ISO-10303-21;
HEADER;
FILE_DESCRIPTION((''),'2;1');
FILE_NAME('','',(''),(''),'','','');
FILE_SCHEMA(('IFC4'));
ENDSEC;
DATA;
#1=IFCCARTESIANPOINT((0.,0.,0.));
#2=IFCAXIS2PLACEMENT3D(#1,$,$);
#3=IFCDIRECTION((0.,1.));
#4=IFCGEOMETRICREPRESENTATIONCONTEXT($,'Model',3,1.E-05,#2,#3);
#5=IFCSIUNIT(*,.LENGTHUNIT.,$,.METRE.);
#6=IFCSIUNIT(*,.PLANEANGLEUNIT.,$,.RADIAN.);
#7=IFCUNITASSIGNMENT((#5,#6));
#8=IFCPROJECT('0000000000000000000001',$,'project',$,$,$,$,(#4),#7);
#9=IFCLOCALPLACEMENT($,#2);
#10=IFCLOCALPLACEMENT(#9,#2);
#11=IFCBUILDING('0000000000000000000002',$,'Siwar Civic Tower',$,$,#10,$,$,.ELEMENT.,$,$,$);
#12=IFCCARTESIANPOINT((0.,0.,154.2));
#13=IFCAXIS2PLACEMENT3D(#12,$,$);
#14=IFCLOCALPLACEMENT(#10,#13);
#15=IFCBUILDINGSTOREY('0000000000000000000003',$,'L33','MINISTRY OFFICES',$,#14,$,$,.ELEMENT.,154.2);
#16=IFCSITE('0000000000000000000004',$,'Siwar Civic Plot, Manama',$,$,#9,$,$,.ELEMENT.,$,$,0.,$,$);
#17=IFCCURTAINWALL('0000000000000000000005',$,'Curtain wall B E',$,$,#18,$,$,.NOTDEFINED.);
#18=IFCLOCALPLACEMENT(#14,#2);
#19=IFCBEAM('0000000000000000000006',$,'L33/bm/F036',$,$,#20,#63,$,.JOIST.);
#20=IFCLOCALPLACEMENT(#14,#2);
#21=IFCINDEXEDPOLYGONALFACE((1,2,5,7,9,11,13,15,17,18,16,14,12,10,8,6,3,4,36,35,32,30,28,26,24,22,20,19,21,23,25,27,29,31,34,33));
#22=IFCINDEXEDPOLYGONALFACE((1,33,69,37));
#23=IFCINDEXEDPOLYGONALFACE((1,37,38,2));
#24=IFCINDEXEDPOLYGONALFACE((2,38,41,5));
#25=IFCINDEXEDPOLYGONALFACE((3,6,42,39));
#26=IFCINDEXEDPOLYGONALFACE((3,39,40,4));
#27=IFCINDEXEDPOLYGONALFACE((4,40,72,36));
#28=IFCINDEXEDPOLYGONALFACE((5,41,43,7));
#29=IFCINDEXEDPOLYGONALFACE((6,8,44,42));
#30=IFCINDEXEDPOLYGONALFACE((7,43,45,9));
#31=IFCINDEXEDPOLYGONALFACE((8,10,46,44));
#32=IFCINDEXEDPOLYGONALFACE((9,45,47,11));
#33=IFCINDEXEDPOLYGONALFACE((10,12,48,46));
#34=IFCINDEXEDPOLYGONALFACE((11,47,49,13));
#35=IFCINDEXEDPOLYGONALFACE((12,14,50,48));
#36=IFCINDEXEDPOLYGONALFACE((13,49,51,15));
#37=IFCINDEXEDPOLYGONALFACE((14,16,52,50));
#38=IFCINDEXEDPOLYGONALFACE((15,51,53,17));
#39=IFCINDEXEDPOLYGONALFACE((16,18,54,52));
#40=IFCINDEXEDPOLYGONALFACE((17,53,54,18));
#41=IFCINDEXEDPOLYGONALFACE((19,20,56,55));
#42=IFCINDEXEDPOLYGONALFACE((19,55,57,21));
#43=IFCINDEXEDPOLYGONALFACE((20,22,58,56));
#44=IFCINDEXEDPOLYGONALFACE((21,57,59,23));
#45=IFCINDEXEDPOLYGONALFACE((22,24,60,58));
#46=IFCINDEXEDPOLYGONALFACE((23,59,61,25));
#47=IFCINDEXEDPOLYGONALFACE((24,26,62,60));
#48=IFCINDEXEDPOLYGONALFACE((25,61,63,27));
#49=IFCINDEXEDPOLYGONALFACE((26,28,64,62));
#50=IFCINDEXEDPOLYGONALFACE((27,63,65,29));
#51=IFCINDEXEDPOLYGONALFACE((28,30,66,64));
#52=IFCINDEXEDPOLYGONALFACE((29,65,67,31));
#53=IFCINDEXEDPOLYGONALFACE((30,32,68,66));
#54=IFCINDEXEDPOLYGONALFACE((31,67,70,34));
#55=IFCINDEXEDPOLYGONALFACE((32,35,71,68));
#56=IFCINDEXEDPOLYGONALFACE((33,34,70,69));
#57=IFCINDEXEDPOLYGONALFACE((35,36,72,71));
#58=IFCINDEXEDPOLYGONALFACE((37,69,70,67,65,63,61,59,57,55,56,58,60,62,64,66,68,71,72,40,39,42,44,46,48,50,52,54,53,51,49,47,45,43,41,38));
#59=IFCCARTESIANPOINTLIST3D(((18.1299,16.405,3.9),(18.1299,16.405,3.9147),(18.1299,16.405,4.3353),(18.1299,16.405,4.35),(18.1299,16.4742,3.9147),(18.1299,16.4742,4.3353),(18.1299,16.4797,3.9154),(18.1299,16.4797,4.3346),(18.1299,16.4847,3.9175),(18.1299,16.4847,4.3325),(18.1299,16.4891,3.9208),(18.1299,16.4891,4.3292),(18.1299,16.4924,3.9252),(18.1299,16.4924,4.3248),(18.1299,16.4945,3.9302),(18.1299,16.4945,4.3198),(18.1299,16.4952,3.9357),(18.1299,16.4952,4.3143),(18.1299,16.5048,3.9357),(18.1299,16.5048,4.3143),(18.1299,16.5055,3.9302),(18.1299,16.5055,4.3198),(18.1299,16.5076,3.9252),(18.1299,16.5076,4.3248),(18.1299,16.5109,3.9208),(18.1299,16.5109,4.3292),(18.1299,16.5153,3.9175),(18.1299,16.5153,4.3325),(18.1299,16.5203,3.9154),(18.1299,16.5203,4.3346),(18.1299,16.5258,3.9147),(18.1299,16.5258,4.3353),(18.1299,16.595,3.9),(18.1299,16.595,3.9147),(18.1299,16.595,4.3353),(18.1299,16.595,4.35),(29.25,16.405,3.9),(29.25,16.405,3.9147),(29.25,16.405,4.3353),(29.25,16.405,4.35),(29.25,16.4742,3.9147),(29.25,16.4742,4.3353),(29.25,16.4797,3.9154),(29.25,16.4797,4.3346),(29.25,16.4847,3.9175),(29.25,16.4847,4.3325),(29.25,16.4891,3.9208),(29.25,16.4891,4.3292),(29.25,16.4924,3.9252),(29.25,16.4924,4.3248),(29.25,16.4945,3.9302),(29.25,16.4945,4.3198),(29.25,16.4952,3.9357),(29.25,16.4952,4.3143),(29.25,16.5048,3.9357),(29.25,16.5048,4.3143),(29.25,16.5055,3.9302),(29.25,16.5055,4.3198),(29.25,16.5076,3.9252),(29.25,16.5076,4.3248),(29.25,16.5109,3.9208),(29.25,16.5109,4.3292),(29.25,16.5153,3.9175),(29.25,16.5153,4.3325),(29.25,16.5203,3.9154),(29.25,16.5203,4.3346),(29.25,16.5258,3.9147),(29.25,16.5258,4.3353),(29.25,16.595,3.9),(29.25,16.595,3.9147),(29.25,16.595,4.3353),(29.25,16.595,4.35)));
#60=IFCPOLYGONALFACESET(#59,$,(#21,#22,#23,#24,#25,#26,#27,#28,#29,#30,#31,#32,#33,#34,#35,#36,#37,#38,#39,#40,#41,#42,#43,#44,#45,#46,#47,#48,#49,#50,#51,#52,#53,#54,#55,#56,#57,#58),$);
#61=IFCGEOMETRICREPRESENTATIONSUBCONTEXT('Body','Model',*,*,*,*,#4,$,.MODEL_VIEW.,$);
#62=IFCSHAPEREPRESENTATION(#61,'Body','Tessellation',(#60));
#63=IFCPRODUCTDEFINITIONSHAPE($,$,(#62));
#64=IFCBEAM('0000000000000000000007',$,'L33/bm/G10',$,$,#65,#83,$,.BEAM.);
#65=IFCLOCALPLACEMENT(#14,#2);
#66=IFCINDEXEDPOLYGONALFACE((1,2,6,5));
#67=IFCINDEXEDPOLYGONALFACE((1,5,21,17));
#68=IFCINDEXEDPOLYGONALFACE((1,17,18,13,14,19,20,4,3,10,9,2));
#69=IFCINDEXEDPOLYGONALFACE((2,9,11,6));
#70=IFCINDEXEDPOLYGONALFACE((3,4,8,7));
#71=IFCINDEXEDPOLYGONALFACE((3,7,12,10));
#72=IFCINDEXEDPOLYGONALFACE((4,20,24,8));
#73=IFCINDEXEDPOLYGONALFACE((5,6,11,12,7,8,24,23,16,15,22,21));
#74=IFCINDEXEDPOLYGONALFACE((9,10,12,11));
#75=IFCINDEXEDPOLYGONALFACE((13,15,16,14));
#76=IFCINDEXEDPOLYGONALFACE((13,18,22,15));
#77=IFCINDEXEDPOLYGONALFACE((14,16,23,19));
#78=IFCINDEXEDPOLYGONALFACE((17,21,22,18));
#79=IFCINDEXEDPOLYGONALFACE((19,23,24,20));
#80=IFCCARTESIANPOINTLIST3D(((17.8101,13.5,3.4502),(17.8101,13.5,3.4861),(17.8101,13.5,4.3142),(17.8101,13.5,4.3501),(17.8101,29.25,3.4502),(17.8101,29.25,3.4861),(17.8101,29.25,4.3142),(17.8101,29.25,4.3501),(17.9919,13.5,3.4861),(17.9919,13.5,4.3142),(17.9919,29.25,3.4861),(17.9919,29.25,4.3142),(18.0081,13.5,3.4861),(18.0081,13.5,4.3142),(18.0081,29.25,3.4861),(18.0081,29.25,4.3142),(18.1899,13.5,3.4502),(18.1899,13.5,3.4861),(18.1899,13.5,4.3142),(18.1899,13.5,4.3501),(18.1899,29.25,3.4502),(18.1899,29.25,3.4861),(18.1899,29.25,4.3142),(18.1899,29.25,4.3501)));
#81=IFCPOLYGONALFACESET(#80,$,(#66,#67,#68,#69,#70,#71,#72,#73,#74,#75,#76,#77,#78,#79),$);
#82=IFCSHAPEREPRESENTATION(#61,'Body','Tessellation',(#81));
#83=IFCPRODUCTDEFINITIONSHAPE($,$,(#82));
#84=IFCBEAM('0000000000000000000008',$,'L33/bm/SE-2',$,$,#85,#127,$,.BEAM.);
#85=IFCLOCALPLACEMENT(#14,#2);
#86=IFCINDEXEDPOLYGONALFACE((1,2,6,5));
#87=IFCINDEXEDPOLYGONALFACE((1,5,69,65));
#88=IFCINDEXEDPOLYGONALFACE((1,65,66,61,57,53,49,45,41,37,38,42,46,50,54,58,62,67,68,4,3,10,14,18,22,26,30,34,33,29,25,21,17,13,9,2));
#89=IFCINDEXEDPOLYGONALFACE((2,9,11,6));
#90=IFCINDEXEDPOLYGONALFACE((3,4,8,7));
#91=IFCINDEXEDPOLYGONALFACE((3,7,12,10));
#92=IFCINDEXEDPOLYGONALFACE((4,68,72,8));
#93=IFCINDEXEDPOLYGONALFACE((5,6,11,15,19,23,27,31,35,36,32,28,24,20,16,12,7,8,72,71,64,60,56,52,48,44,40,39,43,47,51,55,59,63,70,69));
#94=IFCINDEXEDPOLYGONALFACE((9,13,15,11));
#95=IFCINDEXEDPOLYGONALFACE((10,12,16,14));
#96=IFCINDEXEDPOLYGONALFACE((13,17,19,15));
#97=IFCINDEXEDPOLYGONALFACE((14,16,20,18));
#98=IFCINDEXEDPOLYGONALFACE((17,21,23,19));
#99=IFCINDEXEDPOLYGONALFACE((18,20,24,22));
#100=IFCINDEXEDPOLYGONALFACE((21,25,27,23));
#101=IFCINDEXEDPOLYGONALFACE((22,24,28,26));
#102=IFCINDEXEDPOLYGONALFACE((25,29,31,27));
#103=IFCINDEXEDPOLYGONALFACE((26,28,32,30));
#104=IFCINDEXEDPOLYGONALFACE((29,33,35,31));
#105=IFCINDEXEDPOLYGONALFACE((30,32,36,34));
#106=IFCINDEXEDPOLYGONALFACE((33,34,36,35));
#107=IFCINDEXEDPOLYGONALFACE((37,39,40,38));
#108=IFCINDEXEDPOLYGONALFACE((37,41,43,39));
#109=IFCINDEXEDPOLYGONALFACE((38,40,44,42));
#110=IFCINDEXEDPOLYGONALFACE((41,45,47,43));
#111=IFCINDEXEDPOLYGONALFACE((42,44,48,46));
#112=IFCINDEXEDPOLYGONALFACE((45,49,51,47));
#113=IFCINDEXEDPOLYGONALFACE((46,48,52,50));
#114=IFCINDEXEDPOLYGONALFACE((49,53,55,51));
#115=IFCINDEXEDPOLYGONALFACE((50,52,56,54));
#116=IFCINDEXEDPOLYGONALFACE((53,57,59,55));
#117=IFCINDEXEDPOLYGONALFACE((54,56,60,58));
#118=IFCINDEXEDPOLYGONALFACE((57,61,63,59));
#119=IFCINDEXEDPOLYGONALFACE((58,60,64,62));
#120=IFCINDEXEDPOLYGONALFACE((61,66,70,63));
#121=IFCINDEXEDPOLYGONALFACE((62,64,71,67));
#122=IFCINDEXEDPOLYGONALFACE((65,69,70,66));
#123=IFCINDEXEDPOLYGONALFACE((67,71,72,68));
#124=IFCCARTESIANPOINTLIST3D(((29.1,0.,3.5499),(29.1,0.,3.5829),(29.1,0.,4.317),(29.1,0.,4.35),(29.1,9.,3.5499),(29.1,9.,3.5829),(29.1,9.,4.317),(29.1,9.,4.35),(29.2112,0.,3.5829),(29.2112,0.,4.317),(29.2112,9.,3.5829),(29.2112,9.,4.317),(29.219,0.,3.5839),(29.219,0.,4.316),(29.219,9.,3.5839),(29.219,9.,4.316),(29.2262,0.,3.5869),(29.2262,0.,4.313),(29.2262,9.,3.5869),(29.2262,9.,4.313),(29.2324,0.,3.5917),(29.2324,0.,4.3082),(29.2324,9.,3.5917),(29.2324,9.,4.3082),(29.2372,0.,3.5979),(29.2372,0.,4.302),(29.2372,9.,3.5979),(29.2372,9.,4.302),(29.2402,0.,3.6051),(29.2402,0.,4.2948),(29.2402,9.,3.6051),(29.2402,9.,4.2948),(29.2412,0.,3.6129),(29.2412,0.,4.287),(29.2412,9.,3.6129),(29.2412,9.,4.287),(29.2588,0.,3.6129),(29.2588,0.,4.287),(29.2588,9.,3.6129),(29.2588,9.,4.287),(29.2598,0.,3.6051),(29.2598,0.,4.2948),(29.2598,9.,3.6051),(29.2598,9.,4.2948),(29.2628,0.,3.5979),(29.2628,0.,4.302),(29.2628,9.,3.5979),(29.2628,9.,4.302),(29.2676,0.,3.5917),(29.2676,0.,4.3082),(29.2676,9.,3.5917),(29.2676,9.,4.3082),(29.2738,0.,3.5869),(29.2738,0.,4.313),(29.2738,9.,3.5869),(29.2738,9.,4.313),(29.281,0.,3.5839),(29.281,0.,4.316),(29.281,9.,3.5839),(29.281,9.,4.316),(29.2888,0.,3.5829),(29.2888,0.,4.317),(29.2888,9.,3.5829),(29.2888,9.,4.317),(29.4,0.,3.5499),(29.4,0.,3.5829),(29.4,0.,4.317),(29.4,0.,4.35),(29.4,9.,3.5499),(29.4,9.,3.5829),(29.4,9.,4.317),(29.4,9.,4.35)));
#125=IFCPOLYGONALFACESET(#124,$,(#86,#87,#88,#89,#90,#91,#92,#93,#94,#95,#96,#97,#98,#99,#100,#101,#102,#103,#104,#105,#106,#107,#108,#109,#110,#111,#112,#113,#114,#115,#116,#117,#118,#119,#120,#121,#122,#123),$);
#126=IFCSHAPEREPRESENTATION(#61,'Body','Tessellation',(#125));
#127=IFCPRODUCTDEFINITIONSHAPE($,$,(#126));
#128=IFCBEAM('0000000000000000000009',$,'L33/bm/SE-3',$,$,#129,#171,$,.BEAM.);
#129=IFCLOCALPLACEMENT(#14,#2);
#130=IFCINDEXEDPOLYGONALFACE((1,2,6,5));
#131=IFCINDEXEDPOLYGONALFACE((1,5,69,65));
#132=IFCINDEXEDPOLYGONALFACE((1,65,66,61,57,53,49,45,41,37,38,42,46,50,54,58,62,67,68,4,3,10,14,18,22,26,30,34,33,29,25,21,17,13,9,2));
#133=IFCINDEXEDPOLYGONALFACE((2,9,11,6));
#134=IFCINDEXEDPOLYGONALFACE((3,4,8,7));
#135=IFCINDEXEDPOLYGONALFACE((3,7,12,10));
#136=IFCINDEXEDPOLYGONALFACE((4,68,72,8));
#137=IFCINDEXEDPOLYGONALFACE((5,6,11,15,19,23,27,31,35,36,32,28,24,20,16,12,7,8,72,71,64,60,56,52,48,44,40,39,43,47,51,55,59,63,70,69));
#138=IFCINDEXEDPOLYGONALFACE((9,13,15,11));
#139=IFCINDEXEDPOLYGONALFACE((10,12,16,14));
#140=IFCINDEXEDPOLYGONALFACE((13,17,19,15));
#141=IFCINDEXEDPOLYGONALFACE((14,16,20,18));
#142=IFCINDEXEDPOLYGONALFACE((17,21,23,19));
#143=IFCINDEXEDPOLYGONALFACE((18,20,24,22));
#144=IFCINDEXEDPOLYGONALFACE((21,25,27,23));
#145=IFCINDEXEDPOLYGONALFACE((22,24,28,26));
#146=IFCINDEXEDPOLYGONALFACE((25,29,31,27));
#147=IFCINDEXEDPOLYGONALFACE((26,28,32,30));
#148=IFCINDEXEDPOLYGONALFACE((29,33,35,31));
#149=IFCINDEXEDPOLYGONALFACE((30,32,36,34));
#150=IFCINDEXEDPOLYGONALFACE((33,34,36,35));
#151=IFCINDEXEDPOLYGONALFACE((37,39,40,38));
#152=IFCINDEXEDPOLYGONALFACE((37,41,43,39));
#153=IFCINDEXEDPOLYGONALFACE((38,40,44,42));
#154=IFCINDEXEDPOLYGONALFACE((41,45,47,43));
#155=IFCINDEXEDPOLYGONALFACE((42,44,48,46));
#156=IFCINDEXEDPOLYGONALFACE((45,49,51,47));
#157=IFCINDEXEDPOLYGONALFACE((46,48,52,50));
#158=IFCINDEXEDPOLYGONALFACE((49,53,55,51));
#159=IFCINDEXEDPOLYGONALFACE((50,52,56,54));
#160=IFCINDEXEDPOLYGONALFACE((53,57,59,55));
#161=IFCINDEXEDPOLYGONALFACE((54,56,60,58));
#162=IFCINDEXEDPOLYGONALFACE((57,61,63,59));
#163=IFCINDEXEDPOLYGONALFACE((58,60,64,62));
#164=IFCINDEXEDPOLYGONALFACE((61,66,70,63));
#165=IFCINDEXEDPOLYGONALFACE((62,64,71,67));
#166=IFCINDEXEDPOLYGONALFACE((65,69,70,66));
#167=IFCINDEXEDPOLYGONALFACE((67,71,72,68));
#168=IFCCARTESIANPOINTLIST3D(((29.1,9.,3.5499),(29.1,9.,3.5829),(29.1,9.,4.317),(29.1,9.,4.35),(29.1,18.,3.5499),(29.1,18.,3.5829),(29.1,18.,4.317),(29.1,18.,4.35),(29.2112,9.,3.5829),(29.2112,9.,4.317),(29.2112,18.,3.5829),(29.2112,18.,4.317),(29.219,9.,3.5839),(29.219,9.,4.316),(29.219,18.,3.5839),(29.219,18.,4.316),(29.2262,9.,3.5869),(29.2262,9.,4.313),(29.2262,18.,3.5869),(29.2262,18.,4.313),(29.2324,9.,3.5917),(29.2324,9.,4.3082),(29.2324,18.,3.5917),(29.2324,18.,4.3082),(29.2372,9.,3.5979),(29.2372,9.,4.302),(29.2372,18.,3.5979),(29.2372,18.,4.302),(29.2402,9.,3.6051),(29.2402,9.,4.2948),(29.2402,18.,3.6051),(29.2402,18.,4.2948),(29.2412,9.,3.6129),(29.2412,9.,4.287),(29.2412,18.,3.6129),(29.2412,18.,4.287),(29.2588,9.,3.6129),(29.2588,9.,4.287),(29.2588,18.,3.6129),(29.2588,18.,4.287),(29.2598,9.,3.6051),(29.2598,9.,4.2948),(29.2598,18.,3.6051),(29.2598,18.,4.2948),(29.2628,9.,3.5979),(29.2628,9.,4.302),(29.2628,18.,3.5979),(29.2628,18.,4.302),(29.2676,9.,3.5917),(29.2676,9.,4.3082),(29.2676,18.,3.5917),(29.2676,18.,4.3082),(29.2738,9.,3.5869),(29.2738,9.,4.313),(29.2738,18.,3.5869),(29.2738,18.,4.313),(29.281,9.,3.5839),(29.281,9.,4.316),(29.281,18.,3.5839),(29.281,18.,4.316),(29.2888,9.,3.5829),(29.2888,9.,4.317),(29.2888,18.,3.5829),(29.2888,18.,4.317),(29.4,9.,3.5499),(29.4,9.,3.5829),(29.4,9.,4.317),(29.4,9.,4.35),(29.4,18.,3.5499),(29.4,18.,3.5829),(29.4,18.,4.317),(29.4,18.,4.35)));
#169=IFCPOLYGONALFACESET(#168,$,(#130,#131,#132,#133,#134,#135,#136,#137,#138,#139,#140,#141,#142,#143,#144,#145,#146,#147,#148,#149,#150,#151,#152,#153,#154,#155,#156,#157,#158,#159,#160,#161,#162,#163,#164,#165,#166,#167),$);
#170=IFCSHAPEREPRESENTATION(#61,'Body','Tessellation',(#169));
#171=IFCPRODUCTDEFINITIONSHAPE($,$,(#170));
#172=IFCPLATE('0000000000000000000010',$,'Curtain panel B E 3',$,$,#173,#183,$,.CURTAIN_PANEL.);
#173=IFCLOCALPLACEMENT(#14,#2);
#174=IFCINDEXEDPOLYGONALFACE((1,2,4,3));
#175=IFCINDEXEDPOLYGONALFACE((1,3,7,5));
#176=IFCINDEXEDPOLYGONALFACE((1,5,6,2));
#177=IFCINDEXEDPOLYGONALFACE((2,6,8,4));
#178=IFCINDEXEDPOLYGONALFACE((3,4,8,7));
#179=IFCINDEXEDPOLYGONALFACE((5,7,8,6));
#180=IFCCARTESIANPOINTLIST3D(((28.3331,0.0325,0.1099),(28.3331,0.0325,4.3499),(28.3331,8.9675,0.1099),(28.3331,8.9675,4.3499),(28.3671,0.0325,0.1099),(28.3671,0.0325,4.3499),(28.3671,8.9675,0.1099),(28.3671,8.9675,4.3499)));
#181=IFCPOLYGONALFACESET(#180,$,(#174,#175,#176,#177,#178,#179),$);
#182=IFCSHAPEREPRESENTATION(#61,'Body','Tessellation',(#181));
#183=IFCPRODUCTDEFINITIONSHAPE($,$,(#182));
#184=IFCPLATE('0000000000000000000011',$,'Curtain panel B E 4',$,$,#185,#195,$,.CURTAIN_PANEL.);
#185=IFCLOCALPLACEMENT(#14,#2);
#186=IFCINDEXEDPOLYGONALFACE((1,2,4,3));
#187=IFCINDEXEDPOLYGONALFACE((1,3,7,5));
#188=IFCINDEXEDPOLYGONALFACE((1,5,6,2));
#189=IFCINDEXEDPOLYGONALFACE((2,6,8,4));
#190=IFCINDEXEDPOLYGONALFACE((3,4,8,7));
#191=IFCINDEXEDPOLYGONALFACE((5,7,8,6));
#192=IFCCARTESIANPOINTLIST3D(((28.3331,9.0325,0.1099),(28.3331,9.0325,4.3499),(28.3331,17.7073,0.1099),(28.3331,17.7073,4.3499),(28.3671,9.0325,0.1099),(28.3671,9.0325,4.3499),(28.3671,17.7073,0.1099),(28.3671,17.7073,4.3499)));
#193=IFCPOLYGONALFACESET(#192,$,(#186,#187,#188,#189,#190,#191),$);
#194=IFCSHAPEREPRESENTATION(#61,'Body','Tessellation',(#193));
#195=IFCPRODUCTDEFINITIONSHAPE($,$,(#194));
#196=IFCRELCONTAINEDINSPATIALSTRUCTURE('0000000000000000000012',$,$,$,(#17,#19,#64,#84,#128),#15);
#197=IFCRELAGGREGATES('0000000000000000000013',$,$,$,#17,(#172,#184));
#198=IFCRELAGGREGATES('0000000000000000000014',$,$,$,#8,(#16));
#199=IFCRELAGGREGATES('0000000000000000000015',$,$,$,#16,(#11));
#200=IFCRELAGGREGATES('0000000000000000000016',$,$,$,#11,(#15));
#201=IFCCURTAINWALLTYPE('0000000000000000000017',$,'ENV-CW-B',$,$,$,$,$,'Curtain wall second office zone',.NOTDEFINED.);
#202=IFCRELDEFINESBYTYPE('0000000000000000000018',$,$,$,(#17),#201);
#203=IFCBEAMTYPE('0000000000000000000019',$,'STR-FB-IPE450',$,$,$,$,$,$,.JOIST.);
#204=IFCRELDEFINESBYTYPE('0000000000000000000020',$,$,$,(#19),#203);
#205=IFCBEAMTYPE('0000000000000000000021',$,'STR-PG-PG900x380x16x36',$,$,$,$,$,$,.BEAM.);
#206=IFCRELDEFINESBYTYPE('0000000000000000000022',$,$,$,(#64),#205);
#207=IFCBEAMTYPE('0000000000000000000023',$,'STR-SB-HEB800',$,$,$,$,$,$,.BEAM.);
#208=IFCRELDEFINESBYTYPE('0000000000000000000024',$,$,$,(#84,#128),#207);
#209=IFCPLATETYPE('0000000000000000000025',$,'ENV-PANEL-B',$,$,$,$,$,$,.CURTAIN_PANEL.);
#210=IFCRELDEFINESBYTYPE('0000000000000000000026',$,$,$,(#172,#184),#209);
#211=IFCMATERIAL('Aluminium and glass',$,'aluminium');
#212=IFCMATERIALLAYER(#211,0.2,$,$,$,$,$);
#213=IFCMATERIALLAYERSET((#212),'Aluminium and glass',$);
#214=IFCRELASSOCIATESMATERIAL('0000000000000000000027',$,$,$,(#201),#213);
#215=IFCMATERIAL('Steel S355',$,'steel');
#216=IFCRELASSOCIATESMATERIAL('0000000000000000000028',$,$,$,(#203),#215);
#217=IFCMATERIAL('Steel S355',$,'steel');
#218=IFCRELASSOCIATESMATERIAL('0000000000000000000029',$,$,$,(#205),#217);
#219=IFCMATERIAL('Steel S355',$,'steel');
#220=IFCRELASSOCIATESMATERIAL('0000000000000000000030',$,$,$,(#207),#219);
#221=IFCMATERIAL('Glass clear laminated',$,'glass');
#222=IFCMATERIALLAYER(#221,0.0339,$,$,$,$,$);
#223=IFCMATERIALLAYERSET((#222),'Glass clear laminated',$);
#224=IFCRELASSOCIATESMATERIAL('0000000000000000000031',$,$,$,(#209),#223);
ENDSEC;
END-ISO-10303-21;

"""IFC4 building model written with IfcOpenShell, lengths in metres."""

from ifc_helpers import new_model, si_unit, direction, frame, origin, origin_2d, place, context, subcontext, project, spatial, rectangle, i_section, extrude, material, layer, layer_set, material_profile, profile_set, type_object, element, aggregate, save


model = new_model("IFC4")

# Units and contexts
model_context = context("Model", 3, precision=1e-05, world=origin(), true_north=direction((0.0, 1.0)))
body_context = subcontext(model_context, "Body", "Model", "MODEL_VIEW")
ifc_project = project(units=[si_unit("LENGTHUNIT", "METRE"), si_unit("PLANEANGLEUNIT", "RADIAN")], contexts=[model_context])

# Site, building, storey
site_placement = place(None, origin())
site = spatial("IfcSite", under=ifc_project, at=site_placement, Name="Siwar Civic Plot, Manama", CompositionType="ELEMENT", RefElevation=0.0)
building_placement = place(site_placement, origin())
building = spatial("IfcBuilding", under=site, at=building_placement, Name="Siwar Civic Tower", CompositionType="ELEMENT")
storey_placement = place(building_placement, frame((0.0, 0.0, 154.2)))
storey = spatial("IfcBuildingStorey", under=building, at=storey_placement, Name="L33", Description="MINISTRY OFFICES", CompositionType="ELEMENT", Elevation=154.2)

# Curtain wall
ifc_material_1 = material(Name="Aluminium and glass", Category="aluminium")
ifc_layer_1 = layer(ifc_material_1, 0.2)
ifc_layer_set_1 = layer_set([ifc_layer_1], Name="Aluminium and glass")
curtain_wall_type_1 = type_object("IfcCurtainWallType", Name="ENV-CW-B", ElementType="Curtain wall second office zone", PredefinedType="NOTDEFINED", material=ifc_layer_set_1)
curtain_wall_1_placement = place(storey_placement, origin())
curtain_wall_1 = element("IfcCurtainWall", 1, at=curtain_wall_1_placement, inside=storey, type_object=curtain_wall_type_1, Name="Curtain wall B E", PredefinedType="NOTDEFINED")

# Beams
ifc_material_2 = material(Name="Steel S355", Category="steel")
ifc_material_profile_1 = material_profile(ifc_material_2, i_section(OverallWidth=0.1899, OverallDepth=0.45, WebThickness=0.0095, FlangeThickness=0.0146, FilletRadius=0.021, at=origin_2d()), Name="IPE450")
ifc_profile_set_1 = profile_set([ifc_material_profile_1], Name="Steel S355")
beam_type_1 = type_object("IfcBeamType", Name="STR-FB-IPE450", PredefinedType="JOIST", material=ifc_profile_set_1)
beam_1_placement = place(storey_placement, frame((18.1299, 16.5, 4.125), z_axis=(1.0, 0.0, 0.0), x_axis=(0.0, 1.0, 0.0)))
element("IfcBeam", 2, at=beam_1_placement, inside=storey, type_object=beam_type_1, Name="L33/bm/F036", PredefinedType="JOIST", context=body_context, shape_type="SweptSolid", body=[
    extrude(i_section(OverallWidth=0.1899, OverallDepth=0.45, WebThickness=0.0095, FlangeThickness=0.0146, FilletRadius=0.021, at=origin_2d()), origin(), (0.0, 0.0, 1.0), 11.1201),
])
ifc_material_3 = material(Name="Steel S355", Category="steel")
ifc_material_profile_2 = material_profile(ifc_material_3, i_section(OverallWidth=0.3799, OverallDepth=0.8999, WebThickness=0.0161, FlangeThickness=0.0359, at=origin_2d()), Name="PG900x380x16x36")
ifc_profile_set_2 = profile_set([ifc_material_profile_2], Name="Steel S355")
beam_type_2 = type_object("IfcBeamType", Name="STR-PG-PG900x380x16x36", PredefinedType="BEAM", material=ifc_profile_set_2)
beam_2_placement = place(storey_placement, frame((18.0, 13.5, 3.9001), z_axis=(0.0, 1.0, 0.0), x_axis=(-1.0, 0.0, 0.0)))
element("IfcBeam", 3, at=beam_2_placement, inside=storey, type_object=beam_type_2, Name="L33/bm/G10", PredefinedType="BEAM", context=body_context, shape_type="SweptSolid", body=[
    extrude(i_section(OverallWidth=0.3799, OverallDepth=0.8999, WebThickness=0.0161, FlangeThickness=0.0359, at=origin_2d()), origin(), (0.0, 0.0, 1.0), 15.75),
])
ifc_material_4 = material(Name="Steel S355", Category="steel")
ifc_material_profile_3 = material_profile(ifc_material_4, i_section(OverallWidth=0.3, OverallDepth=0.8, WebThickness=0.0176, FlangeThickness=0.033, FilletRadius=0.03, at=origin_2d()), Name="HEB800")
ifc_profile_set_3 = profile_set([ifc_material_profile_3], Name="Steel S355")
beam_type_3 = type_object("IfcBeamType", Name="STR-SB-HEB800", PredefinedType="BEAM", material=ifc_profile_set_3)
for number, where, z_axis, x_axis, name in (
    (4, (29.25, 0.0, 3.95), (0.0, 1.0, 0.0), (-1.0, 0.0, 0.0), "L33/bm/SE-2"),
    (5, (29.25, 9.0, 3.95), (0.0, 1.0, 0.0), (-1.0, 0.0, 0.0), "L33/bm/SE-3"),
):
    element("IfcBeam", number, at=place(storey_placement, frame(where, z_axis=z_axis, x_axis=x_axis)), inside=storey, type_object=beam_type_3, Name=name, PredefinedType="BEAM", context=body_context, shape_type="SweptSolid", body=[
        extrude(i_section(OverallWidth=0.3, OverallDepth=0.8, WebThickness=0.0176, FlangeThickness=0.033, FilletRadius=0.03, at=origin_2d()), origin(), (0.0, 0.0, 1.0), 9.0),
    ])

# Plates
ifc_material_5 = material(Name="Glass clear laminated", Category="glass")
ifc_layer_2 = layer(ifc_material_5, 0.0339)
ifc_layer_set_2 = layer_set([ifc_layer_2], Name="Glass clear laminated")
plate_type = type_object("IfcPlateType", Name="ENV-PANEL-B", PredefinedType="CURTAIN_PANEL", material=ifc_layer_set_2)
plate_1_placement = place(storey_placement, frame((28.3501, 4.5, 0.1099), z_axis=(0.0, 0.0, 1.0), x_axis=(0.0, 1.0, 0.0)))
plate_1 = element("IfcPlate", 6, at=plate_1_placement, type_object=plate_type, Name="Curtain panel B E 3", PredefinedType="CURTAIN_PANEL", context=body_context, shape_type="SweptSolid", body=[
    extrude(rectangle(XDim=8.9351, YDim=0.0339, at=origin_2d()), origin(), (0.0, 0.0, 1.0), 4.24),
])
plate_2_placement = place(storey_placement, frame((28.3501, 13.3699, 0.1099), z_axis=(0.0, 0.0, 1.0), x_axis=(0.0, 1.0, 0.0)))
plate_2 = element("IfcPlate", 7, at=plate_2_placement, type_object=plate_type, Name="Curtain panel B E 4", PredefinedType="CURTAIN_PANEL", context=body_context, shape_type="SweptSolid", body=[
    extrude(rectangle(XDim=8.6748, YDim=0.0339, at=origin_2d()), origin(), (0.0, 0.0, 1.0), 4.24),
])
aggregate(curtain_wall_1, [plate_1, plate_2])

save(model, "model.ifc")
